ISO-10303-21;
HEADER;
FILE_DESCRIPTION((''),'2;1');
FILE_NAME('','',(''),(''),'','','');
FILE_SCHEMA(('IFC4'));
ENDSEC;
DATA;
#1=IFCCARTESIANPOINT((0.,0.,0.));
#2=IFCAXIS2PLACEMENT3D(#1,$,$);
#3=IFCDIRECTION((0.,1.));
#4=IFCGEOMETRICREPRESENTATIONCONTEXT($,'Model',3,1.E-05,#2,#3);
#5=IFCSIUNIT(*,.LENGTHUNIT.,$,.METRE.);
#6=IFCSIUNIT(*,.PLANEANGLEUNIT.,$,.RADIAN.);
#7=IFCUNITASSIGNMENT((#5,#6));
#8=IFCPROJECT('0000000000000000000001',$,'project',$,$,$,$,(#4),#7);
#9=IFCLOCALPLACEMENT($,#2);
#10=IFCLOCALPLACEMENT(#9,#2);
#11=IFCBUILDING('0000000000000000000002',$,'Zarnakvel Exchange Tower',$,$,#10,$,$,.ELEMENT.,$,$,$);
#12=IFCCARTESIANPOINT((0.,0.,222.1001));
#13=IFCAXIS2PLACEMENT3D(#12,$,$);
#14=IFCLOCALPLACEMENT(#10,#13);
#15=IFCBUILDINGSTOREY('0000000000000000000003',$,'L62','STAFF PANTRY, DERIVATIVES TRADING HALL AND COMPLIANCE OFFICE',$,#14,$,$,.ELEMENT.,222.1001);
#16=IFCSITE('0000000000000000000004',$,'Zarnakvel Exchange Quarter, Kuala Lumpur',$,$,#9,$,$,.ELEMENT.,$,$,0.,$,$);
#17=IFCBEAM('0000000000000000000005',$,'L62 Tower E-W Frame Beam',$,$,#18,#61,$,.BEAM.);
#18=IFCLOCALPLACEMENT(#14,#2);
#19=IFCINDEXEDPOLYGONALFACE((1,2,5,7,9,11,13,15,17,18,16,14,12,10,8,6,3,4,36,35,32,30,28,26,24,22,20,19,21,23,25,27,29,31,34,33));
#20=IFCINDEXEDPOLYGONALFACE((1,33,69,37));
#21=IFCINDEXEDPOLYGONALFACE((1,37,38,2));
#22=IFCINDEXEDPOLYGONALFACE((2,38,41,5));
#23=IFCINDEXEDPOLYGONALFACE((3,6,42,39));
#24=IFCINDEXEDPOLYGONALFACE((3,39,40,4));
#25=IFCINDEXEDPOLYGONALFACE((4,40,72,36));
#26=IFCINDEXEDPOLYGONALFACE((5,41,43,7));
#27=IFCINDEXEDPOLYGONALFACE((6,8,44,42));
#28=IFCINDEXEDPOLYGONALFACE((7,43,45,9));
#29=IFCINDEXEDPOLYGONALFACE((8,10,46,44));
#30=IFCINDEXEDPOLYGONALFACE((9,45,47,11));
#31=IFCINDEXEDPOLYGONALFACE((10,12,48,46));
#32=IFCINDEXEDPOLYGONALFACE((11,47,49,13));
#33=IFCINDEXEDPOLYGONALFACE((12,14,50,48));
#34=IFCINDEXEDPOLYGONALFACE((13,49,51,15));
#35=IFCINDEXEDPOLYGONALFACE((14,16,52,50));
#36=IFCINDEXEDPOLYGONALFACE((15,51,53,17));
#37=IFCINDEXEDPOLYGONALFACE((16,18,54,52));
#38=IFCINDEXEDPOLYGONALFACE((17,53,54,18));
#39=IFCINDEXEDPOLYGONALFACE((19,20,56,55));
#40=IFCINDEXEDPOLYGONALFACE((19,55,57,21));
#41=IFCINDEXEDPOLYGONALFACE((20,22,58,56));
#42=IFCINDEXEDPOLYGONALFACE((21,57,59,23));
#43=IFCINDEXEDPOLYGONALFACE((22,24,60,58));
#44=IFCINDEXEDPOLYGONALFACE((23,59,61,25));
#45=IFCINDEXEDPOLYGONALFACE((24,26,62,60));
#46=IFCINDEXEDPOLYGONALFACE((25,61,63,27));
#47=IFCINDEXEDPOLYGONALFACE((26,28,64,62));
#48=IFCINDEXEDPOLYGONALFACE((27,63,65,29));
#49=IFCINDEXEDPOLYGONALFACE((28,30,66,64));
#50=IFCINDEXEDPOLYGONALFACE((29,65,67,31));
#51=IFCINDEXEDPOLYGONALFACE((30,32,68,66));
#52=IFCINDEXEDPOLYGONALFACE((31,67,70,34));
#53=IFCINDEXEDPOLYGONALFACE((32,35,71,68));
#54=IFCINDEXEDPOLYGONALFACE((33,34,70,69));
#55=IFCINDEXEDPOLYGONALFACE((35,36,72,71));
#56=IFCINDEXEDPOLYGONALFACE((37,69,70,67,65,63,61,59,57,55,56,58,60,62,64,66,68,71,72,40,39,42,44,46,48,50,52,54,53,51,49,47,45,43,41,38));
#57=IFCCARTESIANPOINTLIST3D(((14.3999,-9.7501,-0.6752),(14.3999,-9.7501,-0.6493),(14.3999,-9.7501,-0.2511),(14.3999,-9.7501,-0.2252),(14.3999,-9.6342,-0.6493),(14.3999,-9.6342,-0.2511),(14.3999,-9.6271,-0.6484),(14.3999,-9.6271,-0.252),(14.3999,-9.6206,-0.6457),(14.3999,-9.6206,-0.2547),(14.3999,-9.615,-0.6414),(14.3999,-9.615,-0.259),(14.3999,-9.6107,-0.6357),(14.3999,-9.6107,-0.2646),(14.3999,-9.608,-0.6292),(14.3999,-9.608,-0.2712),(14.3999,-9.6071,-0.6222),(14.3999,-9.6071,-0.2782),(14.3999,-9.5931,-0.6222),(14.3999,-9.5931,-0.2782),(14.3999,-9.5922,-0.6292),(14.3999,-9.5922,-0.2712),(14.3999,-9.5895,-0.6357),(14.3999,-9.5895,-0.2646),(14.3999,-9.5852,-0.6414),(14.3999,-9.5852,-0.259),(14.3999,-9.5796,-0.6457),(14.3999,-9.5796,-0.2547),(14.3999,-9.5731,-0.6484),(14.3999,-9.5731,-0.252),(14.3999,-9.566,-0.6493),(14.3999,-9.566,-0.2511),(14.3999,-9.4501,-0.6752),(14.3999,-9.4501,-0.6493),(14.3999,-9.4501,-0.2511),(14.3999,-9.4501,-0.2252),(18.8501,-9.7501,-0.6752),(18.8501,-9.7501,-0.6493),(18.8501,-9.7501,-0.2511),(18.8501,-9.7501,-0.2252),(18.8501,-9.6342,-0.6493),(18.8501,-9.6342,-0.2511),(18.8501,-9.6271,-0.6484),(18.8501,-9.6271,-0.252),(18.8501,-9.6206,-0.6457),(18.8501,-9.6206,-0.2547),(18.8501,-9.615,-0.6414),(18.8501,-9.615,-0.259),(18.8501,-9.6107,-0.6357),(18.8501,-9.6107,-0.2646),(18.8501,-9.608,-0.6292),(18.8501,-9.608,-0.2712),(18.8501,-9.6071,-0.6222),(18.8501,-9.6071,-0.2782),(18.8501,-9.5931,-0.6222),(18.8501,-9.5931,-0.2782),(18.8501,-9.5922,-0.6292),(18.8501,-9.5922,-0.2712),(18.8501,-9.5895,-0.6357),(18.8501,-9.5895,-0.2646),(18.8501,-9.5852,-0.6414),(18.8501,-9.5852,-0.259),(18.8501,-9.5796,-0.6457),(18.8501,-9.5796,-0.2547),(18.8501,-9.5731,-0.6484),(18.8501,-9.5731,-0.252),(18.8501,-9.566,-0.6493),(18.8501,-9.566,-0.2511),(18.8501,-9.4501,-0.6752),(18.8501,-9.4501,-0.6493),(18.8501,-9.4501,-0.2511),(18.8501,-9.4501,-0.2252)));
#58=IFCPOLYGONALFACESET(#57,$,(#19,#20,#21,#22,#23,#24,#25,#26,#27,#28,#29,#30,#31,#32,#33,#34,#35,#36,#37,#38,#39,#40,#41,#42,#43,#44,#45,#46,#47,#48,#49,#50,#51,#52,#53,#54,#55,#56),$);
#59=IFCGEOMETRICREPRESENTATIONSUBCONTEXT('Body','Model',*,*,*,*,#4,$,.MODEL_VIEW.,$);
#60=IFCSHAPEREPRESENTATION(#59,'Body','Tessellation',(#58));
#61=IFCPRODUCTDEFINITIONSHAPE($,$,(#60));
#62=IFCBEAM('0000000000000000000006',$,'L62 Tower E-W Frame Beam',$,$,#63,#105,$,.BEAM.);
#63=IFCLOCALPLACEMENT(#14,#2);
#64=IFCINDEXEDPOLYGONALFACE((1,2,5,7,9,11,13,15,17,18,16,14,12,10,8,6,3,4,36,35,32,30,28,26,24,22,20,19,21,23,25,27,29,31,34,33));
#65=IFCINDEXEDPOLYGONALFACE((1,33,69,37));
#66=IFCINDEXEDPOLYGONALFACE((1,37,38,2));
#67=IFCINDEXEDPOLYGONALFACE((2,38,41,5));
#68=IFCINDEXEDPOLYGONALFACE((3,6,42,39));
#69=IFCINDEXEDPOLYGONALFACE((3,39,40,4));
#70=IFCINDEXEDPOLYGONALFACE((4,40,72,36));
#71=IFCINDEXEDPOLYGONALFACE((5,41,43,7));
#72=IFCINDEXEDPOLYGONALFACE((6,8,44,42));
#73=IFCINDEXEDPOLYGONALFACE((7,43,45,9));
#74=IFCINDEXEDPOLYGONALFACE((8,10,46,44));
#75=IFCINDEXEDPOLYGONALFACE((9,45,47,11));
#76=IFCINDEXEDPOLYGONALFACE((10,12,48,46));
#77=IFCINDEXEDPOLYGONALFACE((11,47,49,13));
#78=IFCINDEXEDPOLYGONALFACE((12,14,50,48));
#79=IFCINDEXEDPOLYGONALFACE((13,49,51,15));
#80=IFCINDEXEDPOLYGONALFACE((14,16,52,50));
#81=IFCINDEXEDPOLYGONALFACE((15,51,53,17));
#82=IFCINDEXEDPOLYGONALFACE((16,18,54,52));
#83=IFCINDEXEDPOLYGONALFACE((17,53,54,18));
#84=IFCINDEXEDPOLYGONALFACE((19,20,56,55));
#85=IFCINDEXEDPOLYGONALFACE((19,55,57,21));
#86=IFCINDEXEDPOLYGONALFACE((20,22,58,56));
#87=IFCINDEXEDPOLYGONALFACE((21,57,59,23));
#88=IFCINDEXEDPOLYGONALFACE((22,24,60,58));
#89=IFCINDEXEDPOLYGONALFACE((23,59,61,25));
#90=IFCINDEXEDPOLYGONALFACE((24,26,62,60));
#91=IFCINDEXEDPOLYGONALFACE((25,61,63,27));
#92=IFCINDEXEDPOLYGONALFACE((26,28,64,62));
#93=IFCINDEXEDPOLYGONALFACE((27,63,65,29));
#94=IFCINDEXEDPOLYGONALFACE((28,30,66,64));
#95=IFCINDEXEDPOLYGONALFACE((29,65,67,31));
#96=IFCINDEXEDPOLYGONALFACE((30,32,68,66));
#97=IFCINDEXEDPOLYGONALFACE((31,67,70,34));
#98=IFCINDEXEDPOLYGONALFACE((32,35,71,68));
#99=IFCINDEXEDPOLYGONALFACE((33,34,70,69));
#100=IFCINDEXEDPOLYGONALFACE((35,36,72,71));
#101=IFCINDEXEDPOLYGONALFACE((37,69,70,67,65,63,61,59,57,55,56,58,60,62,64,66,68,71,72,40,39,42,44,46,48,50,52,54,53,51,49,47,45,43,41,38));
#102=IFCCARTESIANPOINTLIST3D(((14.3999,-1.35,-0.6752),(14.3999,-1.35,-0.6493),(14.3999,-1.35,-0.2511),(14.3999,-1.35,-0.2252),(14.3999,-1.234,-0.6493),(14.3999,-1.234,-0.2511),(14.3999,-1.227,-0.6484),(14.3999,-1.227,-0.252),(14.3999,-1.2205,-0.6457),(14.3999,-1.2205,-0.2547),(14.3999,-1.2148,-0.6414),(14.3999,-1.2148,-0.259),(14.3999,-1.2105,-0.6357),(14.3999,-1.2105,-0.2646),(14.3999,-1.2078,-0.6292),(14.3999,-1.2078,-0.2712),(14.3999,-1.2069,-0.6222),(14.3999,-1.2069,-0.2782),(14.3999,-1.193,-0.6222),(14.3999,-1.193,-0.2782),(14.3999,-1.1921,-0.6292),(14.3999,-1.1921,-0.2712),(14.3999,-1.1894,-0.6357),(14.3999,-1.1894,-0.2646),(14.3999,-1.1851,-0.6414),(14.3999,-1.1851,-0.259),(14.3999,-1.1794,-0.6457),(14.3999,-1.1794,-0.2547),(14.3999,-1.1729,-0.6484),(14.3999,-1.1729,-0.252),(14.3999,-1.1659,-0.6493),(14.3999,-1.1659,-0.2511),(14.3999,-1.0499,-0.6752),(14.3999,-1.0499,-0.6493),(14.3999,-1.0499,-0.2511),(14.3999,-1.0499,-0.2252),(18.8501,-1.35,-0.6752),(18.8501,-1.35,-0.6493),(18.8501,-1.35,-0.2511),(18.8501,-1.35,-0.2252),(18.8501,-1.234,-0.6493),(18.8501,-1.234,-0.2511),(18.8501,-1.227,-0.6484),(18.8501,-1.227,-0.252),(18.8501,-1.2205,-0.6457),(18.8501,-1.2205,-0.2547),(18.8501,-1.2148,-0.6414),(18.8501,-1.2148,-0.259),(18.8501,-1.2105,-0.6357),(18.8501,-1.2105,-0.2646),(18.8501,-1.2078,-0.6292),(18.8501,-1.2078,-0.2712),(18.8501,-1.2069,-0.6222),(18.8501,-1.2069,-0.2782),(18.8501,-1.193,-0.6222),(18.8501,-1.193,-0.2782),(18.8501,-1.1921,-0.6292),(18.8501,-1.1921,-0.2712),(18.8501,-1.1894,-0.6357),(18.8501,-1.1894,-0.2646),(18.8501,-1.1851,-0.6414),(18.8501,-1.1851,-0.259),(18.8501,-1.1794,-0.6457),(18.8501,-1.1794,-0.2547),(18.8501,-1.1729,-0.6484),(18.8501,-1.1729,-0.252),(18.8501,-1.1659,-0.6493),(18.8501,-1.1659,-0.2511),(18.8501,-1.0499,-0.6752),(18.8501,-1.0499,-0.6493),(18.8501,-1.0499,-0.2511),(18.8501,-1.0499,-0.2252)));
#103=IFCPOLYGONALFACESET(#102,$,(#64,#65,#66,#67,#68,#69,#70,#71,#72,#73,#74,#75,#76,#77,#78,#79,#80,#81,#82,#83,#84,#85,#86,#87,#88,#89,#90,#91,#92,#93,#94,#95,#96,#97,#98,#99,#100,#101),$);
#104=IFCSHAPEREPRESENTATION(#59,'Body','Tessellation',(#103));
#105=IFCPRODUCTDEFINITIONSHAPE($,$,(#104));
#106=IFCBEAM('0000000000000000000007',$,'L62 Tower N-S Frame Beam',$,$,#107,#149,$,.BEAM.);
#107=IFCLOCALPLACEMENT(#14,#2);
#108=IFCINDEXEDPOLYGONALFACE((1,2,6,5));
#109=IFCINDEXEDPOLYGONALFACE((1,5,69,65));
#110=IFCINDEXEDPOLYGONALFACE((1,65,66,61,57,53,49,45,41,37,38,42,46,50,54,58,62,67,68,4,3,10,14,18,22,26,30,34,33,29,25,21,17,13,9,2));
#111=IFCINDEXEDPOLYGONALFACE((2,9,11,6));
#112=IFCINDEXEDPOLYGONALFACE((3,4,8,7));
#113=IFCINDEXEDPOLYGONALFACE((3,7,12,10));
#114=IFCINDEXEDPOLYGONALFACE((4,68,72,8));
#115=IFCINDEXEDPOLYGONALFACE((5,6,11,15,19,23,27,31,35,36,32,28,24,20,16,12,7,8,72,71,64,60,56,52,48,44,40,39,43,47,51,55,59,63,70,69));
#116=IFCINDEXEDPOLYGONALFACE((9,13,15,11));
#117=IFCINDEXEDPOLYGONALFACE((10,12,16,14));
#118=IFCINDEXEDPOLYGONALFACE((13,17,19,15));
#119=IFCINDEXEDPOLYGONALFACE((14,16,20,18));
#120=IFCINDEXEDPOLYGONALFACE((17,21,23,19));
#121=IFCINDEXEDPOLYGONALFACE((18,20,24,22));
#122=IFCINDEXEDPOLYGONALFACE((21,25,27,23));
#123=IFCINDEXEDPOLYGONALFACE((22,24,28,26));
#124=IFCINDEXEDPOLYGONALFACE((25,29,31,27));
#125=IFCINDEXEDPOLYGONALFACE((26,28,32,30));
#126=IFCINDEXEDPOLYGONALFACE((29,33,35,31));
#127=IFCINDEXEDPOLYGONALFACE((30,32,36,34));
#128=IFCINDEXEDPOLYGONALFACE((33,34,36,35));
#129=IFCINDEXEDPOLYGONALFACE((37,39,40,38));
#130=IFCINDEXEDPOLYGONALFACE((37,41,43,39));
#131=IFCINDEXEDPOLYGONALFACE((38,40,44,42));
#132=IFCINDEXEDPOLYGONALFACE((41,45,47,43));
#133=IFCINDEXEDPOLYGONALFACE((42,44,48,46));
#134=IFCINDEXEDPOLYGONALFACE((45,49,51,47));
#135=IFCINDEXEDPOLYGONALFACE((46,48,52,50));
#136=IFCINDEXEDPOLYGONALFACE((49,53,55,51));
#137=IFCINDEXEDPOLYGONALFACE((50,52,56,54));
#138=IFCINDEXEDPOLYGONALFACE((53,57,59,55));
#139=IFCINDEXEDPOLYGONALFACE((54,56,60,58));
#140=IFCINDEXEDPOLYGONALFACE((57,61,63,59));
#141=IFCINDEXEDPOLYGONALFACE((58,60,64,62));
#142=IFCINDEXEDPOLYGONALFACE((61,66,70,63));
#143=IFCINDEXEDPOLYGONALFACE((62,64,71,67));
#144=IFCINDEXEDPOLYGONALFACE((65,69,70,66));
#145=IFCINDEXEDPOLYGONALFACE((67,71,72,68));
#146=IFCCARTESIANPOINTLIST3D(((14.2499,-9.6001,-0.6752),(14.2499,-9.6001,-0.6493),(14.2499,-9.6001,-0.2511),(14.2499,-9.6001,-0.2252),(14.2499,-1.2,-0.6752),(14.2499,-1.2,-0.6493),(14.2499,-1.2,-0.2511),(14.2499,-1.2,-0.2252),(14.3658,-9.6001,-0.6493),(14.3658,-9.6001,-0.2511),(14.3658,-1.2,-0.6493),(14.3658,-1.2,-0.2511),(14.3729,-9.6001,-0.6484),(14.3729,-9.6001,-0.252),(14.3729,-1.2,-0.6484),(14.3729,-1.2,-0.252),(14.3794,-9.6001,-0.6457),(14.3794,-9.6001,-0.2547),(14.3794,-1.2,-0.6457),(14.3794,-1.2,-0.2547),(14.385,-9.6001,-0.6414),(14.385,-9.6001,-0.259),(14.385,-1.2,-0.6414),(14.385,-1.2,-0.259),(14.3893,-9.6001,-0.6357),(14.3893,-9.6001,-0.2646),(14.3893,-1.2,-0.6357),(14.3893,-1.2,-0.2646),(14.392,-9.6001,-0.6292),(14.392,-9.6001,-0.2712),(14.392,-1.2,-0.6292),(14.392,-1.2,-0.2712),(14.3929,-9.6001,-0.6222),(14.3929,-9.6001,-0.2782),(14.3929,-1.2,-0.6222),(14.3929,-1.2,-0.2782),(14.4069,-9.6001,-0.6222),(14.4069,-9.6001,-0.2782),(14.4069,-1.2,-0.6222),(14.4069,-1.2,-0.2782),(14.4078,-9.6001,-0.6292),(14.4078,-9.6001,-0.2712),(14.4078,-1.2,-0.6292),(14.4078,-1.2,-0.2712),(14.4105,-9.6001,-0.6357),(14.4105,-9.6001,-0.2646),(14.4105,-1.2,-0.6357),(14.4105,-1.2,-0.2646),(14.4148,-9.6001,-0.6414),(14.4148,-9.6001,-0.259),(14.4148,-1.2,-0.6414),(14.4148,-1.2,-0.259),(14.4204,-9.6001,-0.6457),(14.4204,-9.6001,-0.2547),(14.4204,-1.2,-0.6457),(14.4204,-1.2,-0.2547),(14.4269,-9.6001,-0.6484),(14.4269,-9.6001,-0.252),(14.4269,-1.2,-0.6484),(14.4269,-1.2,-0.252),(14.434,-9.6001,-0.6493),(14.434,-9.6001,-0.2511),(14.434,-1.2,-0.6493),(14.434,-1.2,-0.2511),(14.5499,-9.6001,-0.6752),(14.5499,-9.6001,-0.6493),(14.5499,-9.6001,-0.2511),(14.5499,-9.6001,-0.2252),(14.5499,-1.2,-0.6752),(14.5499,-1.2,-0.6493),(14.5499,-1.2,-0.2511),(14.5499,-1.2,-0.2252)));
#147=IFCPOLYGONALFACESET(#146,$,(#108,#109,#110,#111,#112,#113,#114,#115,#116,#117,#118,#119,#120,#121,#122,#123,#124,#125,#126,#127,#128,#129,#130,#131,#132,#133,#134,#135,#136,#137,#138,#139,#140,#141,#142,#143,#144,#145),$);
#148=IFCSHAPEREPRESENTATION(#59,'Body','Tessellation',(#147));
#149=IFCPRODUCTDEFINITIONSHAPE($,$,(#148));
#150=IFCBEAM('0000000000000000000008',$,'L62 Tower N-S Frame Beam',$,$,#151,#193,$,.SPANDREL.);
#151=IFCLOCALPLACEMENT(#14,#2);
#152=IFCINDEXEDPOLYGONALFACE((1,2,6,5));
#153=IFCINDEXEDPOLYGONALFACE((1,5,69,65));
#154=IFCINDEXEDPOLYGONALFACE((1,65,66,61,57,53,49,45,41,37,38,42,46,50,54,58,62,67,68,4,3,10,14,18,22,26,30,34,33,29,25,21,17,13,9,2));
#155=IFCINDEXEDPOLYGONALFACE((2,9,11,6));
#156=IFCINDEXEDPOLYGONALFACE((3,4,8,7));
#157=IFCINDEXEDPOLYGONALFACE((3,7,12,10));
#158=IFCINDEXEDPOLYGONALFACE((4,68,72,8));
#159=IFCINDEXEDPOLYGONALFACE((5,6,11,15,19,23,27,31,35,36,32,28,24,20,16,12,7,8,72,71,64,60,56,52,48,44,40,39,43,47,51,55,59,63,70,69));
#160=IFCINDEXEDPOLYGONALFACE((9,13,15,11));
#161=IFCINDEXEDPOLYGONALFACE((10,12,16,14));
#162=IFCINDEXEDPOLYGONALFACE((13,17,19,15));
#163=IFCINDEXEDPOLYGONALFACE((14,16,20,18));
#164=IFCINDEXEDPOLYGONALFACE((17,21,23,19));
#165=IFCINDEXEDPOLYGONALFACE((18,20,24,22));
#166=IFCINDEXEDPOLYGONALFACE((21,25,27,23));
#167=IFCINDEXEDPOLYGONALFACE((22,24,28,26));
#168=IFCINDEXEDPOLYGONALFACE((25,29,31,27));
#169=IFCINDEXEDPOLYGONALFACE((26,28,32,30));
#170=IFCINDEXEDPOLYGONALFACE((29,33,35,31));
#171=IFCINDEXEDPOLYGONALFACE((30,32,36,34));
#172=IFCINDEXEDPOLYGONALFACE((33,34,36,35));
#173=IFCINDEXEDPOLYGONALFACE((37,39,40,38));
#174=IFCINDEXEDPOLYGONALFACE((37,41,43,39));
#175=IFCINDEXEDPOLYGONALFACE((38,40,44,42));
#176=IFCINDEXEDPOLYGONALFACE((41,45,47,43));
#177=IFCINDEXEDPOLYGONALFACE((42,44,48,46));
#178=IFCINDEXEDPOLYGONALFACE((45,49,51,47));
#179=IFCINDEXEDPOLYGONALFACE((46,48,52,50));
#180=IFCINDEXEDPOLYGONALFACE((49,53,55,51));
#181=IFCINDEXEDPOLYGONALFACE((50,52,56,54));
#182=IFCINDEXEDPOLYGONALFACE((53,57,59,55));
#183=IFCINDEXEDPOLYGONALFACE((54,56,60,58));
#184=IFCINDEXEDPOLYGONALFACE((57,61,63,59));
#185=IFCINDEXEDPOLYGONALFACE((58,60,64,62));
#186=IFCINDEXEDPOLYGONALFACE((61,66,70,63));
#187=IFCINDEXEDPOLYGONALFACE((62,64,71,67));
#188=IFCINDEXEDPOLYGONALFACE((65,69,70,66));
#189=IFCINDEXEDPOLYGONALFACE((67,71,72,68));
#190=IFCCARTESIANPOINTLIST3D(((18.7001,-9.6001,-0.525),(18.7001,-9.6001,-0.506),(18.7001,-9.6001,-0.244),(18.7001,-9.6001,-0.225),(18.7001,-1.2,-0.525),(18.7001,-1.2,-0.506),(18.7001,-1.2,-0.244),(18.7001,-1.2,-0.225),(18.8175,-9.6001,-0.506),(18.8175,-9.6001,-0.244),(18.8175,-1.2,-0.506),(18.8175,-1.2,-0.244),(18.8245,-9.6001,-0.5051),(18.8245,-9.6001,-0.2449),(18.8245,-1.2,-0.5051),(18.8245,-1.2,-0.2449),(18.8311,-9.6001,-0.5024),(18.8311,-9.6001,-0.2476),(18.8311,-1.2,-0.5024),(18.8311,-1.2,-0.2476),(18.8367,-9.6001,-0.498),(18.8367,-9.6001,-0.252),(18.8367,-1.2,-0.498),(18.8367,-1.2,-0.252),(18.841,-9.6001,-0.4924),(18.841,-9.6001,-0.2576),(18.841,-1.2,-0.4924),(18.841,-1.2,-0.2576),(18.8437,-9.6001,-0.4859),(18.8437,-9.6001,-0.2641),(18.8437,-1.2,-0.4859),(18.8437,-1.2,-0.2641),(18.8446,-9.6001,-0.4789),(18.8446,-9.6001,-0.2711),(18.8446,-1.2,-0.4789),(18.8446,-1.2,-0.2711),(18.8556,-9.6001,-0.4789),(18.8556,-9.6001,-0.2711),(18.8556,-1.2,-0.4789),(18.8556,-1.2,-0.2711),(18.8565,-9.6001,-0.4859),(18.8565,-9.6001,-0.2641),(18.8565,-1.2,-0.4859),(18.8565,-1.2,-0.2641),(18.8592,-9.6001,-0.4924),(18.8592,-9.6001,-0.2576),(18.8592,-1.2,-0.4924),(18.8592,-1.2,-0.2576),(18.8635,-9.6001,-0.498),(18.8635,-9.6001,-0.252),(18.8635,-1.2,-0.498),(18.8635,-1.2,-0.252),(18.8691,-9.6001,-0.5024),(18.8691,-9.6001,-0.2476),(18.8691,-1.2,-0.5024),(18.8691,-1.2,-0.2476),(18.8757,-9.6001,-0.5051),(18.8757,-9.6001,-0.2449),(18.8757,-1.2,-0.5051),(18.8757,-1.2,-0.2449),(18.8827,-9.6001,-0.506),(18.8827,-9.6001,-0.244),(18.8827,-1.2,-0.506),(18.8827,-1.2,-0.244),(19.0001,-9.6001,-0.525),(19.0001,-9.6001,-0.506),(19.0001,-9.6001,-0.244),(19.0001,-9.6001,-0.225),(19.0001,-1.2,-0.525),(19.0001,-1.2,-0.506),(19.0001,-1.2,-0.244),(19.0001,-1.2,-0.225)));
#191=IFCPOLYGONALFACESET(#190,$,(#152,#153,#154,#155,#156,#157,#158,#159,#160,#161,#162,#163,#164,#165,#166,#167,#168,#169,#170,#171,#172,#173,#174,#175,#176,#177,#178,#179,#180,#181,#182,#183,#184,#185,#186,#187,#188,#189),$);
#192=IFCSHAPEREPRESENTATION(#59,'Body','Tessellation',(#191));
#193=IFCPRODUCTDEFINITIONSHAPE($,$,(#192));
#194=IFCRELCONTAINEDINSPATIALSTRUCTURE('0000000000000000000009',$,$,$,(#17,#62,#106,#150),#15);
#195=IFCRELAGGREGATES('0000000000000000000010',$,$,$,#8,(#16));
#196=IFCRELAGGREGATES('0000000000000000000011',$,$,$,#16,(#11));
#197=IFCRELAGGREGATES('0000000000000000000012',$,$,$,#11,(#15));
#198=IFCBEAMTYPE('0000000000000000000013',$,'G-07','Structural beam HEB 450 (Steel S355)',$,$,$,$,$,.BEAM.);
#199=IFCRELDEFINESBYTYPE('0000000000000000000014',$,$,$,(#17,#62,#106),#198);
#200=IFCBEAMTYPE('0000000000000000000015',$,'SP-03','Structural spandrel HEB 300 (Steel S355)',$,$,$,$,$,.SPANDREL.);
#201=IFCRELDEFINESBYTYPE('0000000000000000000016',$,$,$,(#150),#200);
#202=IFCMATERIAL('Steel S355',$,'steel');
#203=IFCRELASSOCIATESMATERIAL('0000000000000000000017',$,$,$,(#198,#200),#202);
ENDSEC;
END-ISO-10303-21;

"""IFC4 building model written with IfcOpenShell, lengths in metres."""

from ifc_helpers import new_model, si_unit, direction, frame, origin, origin_2d, place, context, subcontext, project, spatial, i_section, extrude, material, material_profile, profile_set, type_object, element, save


model = new_model("IFC4")

# Units and contexts
model_context = context("Model", 3, precision=1e-05, world=origin(), true_north=direction((0.0, 1.0)))
body_context = subcontext(model_context, "Body", "Model", "MODEL_VIEW")
ifc_project = project(units=[si_unit("LENGTHUNIT", "METRE"), si_unit("PLANEANGLEUNIT", "RADIAN")], contexts=[model_context])

# Site, building, storey
site_placement = place(None, origin())
site = spatial("IfcSite", under=ifc_project, at=site_placement, Name="Zarnakvel Exchange Quarter, Kuala Lumpur", CompositionType="ELEMENT", RefElevation=0.0)
building_placement = place(site_placement, origin())
building = spatial("IfcBuilding", under=site, at=building_placement, Name="Zarnakvel Exchange Tower", CompositionType="ELEMENT")
storey_placement = place(building_placement, frame((0.0, 0.0, 222.1001)))
storey = spatial("IfcBuildingStorey", under=building, at=storey_placement, Name="L62", Description="STAFF PANTRY, DERIVATIVES TRADING HALL AND COMPLIANCE OFFICE", CompositionType="ELEMENT", Elevation=222.1001)

# Shared definitions
ifc_material_1 = material(Name="Steel S355", Category="steel")

# Beams
ifc_material_profile_1 = material_profile(ifc_material_1, i_section(OverallWidth=0.3, OverallDepth=0.45, WebThickness=0.0139, FlangeThickness=0.0259, FilletRadius=0.0271, at=origin_2d()))
ifc_profile_set_1 = profile_set([ifc_material_profile_1], Name="Steel S355")
beam_type_1 = type_object("IfcBeamType", Name="G-07", Description="Structural beam HEB 450 (Steel S355)", PredefinedType="BEAM", material=ifc_profile_set_1)
for number, where, z_axis, x_axis, name in (
    (1, (14.3999, -9.6001, -0.4502), (1.0, 0.0, 0.0), (0.0, 1.0, 0.0), "L62 Tower E-W Frame Beam"),
    (2, (14.3999, -1.2, -0.4502), (1.0, 0.0, 0.0), (0.0, 1.0, 0.0), "L62 Tower E-W Frame Beam"),
):
    element("IfcBeam", number, at=place(storey_placement, frame(where, z_axis=z_axis, x_axis=x_axis)), inside=storey, type_object=beam_type_1, Name=name, PredefinedType="BEAM", context=body_context, shape_type="SweptSolid", body=[
        extrude(i_section(OverallWidth=0.3, OverallDepth=0.45, WebThickness=0.0139, FlangeThickness=0.0259, FilletRadius=0.0271, at=origin_2d()), origin(), (0.0, 0.0, 1.0), 4.4502),
    ])
beam_1_placement = place(storey_placement, frame((14.3999, -9.6001, -0.4502), z_axis=(0.0, 1.0, 0.0), x_axis=(-1.0, 0.0, 0.0)))
element("IfcBeam", 3, at=beam_1_placement, inside=storey, type_object=beam_type_1, Name="L62 Tower N-S Frame Beam", PredefinedType="BEAM", context=body_context, shape_type="SweptSolid", body=[
    extrude(i_section(OverallWidth=0.3, OverallDepth=0.45, WebThickness=0.0139, FlangeThickness=0.0259, FilletRadius=0.0271, at=origin_2d()), origin(), (0.0, 0.0, 1.0), 8.4001),
])
ifc_material_profile_2 = material_profile(ifc_material_1, i_section(OverallWidth=0.3, OverallDepth=0.3, WebThickness=0.011, FlangeThickness=0.019, FilletRadius=0.0271, at=origin_2d()))
ifc_profile_set_2 = profile_set([ifc_material_profile_2], Name="Steel S355")
beam_type_2 = type_object("IfcBeamType", Name="SP-03", Description="Structural spandrel HEB 300 (Steel S355)", PredefinedType="SPANDREL", material=ifc_profile_set_2)
beam_2_placement = place(storey_placement, frame((18.8501, -9.6001, -0.375), z_axis=(0.0, 1.0, 0.0), x_axis=(-1.0, 0.0, 0.0)))
element("IfcBeam", 4, at=beam_2_placement, inside=storey, type_object=beam_type_2, Name="L62 Tower N-S Frame Beam", PredefinedType="SPANDREL", context=body_context, shape_type="SweptSolid", body=[
    extrude(i_section(OverallWidth=0.3, OverallDepth=0.3, WebThickness=0.011, FlangeThickness=0.019, FilletRadius=0.0271, at=origin_2d()), origin(), (0.0, 0.0, 1.0), 8.4001),
])

save(model, "model.ifc")
